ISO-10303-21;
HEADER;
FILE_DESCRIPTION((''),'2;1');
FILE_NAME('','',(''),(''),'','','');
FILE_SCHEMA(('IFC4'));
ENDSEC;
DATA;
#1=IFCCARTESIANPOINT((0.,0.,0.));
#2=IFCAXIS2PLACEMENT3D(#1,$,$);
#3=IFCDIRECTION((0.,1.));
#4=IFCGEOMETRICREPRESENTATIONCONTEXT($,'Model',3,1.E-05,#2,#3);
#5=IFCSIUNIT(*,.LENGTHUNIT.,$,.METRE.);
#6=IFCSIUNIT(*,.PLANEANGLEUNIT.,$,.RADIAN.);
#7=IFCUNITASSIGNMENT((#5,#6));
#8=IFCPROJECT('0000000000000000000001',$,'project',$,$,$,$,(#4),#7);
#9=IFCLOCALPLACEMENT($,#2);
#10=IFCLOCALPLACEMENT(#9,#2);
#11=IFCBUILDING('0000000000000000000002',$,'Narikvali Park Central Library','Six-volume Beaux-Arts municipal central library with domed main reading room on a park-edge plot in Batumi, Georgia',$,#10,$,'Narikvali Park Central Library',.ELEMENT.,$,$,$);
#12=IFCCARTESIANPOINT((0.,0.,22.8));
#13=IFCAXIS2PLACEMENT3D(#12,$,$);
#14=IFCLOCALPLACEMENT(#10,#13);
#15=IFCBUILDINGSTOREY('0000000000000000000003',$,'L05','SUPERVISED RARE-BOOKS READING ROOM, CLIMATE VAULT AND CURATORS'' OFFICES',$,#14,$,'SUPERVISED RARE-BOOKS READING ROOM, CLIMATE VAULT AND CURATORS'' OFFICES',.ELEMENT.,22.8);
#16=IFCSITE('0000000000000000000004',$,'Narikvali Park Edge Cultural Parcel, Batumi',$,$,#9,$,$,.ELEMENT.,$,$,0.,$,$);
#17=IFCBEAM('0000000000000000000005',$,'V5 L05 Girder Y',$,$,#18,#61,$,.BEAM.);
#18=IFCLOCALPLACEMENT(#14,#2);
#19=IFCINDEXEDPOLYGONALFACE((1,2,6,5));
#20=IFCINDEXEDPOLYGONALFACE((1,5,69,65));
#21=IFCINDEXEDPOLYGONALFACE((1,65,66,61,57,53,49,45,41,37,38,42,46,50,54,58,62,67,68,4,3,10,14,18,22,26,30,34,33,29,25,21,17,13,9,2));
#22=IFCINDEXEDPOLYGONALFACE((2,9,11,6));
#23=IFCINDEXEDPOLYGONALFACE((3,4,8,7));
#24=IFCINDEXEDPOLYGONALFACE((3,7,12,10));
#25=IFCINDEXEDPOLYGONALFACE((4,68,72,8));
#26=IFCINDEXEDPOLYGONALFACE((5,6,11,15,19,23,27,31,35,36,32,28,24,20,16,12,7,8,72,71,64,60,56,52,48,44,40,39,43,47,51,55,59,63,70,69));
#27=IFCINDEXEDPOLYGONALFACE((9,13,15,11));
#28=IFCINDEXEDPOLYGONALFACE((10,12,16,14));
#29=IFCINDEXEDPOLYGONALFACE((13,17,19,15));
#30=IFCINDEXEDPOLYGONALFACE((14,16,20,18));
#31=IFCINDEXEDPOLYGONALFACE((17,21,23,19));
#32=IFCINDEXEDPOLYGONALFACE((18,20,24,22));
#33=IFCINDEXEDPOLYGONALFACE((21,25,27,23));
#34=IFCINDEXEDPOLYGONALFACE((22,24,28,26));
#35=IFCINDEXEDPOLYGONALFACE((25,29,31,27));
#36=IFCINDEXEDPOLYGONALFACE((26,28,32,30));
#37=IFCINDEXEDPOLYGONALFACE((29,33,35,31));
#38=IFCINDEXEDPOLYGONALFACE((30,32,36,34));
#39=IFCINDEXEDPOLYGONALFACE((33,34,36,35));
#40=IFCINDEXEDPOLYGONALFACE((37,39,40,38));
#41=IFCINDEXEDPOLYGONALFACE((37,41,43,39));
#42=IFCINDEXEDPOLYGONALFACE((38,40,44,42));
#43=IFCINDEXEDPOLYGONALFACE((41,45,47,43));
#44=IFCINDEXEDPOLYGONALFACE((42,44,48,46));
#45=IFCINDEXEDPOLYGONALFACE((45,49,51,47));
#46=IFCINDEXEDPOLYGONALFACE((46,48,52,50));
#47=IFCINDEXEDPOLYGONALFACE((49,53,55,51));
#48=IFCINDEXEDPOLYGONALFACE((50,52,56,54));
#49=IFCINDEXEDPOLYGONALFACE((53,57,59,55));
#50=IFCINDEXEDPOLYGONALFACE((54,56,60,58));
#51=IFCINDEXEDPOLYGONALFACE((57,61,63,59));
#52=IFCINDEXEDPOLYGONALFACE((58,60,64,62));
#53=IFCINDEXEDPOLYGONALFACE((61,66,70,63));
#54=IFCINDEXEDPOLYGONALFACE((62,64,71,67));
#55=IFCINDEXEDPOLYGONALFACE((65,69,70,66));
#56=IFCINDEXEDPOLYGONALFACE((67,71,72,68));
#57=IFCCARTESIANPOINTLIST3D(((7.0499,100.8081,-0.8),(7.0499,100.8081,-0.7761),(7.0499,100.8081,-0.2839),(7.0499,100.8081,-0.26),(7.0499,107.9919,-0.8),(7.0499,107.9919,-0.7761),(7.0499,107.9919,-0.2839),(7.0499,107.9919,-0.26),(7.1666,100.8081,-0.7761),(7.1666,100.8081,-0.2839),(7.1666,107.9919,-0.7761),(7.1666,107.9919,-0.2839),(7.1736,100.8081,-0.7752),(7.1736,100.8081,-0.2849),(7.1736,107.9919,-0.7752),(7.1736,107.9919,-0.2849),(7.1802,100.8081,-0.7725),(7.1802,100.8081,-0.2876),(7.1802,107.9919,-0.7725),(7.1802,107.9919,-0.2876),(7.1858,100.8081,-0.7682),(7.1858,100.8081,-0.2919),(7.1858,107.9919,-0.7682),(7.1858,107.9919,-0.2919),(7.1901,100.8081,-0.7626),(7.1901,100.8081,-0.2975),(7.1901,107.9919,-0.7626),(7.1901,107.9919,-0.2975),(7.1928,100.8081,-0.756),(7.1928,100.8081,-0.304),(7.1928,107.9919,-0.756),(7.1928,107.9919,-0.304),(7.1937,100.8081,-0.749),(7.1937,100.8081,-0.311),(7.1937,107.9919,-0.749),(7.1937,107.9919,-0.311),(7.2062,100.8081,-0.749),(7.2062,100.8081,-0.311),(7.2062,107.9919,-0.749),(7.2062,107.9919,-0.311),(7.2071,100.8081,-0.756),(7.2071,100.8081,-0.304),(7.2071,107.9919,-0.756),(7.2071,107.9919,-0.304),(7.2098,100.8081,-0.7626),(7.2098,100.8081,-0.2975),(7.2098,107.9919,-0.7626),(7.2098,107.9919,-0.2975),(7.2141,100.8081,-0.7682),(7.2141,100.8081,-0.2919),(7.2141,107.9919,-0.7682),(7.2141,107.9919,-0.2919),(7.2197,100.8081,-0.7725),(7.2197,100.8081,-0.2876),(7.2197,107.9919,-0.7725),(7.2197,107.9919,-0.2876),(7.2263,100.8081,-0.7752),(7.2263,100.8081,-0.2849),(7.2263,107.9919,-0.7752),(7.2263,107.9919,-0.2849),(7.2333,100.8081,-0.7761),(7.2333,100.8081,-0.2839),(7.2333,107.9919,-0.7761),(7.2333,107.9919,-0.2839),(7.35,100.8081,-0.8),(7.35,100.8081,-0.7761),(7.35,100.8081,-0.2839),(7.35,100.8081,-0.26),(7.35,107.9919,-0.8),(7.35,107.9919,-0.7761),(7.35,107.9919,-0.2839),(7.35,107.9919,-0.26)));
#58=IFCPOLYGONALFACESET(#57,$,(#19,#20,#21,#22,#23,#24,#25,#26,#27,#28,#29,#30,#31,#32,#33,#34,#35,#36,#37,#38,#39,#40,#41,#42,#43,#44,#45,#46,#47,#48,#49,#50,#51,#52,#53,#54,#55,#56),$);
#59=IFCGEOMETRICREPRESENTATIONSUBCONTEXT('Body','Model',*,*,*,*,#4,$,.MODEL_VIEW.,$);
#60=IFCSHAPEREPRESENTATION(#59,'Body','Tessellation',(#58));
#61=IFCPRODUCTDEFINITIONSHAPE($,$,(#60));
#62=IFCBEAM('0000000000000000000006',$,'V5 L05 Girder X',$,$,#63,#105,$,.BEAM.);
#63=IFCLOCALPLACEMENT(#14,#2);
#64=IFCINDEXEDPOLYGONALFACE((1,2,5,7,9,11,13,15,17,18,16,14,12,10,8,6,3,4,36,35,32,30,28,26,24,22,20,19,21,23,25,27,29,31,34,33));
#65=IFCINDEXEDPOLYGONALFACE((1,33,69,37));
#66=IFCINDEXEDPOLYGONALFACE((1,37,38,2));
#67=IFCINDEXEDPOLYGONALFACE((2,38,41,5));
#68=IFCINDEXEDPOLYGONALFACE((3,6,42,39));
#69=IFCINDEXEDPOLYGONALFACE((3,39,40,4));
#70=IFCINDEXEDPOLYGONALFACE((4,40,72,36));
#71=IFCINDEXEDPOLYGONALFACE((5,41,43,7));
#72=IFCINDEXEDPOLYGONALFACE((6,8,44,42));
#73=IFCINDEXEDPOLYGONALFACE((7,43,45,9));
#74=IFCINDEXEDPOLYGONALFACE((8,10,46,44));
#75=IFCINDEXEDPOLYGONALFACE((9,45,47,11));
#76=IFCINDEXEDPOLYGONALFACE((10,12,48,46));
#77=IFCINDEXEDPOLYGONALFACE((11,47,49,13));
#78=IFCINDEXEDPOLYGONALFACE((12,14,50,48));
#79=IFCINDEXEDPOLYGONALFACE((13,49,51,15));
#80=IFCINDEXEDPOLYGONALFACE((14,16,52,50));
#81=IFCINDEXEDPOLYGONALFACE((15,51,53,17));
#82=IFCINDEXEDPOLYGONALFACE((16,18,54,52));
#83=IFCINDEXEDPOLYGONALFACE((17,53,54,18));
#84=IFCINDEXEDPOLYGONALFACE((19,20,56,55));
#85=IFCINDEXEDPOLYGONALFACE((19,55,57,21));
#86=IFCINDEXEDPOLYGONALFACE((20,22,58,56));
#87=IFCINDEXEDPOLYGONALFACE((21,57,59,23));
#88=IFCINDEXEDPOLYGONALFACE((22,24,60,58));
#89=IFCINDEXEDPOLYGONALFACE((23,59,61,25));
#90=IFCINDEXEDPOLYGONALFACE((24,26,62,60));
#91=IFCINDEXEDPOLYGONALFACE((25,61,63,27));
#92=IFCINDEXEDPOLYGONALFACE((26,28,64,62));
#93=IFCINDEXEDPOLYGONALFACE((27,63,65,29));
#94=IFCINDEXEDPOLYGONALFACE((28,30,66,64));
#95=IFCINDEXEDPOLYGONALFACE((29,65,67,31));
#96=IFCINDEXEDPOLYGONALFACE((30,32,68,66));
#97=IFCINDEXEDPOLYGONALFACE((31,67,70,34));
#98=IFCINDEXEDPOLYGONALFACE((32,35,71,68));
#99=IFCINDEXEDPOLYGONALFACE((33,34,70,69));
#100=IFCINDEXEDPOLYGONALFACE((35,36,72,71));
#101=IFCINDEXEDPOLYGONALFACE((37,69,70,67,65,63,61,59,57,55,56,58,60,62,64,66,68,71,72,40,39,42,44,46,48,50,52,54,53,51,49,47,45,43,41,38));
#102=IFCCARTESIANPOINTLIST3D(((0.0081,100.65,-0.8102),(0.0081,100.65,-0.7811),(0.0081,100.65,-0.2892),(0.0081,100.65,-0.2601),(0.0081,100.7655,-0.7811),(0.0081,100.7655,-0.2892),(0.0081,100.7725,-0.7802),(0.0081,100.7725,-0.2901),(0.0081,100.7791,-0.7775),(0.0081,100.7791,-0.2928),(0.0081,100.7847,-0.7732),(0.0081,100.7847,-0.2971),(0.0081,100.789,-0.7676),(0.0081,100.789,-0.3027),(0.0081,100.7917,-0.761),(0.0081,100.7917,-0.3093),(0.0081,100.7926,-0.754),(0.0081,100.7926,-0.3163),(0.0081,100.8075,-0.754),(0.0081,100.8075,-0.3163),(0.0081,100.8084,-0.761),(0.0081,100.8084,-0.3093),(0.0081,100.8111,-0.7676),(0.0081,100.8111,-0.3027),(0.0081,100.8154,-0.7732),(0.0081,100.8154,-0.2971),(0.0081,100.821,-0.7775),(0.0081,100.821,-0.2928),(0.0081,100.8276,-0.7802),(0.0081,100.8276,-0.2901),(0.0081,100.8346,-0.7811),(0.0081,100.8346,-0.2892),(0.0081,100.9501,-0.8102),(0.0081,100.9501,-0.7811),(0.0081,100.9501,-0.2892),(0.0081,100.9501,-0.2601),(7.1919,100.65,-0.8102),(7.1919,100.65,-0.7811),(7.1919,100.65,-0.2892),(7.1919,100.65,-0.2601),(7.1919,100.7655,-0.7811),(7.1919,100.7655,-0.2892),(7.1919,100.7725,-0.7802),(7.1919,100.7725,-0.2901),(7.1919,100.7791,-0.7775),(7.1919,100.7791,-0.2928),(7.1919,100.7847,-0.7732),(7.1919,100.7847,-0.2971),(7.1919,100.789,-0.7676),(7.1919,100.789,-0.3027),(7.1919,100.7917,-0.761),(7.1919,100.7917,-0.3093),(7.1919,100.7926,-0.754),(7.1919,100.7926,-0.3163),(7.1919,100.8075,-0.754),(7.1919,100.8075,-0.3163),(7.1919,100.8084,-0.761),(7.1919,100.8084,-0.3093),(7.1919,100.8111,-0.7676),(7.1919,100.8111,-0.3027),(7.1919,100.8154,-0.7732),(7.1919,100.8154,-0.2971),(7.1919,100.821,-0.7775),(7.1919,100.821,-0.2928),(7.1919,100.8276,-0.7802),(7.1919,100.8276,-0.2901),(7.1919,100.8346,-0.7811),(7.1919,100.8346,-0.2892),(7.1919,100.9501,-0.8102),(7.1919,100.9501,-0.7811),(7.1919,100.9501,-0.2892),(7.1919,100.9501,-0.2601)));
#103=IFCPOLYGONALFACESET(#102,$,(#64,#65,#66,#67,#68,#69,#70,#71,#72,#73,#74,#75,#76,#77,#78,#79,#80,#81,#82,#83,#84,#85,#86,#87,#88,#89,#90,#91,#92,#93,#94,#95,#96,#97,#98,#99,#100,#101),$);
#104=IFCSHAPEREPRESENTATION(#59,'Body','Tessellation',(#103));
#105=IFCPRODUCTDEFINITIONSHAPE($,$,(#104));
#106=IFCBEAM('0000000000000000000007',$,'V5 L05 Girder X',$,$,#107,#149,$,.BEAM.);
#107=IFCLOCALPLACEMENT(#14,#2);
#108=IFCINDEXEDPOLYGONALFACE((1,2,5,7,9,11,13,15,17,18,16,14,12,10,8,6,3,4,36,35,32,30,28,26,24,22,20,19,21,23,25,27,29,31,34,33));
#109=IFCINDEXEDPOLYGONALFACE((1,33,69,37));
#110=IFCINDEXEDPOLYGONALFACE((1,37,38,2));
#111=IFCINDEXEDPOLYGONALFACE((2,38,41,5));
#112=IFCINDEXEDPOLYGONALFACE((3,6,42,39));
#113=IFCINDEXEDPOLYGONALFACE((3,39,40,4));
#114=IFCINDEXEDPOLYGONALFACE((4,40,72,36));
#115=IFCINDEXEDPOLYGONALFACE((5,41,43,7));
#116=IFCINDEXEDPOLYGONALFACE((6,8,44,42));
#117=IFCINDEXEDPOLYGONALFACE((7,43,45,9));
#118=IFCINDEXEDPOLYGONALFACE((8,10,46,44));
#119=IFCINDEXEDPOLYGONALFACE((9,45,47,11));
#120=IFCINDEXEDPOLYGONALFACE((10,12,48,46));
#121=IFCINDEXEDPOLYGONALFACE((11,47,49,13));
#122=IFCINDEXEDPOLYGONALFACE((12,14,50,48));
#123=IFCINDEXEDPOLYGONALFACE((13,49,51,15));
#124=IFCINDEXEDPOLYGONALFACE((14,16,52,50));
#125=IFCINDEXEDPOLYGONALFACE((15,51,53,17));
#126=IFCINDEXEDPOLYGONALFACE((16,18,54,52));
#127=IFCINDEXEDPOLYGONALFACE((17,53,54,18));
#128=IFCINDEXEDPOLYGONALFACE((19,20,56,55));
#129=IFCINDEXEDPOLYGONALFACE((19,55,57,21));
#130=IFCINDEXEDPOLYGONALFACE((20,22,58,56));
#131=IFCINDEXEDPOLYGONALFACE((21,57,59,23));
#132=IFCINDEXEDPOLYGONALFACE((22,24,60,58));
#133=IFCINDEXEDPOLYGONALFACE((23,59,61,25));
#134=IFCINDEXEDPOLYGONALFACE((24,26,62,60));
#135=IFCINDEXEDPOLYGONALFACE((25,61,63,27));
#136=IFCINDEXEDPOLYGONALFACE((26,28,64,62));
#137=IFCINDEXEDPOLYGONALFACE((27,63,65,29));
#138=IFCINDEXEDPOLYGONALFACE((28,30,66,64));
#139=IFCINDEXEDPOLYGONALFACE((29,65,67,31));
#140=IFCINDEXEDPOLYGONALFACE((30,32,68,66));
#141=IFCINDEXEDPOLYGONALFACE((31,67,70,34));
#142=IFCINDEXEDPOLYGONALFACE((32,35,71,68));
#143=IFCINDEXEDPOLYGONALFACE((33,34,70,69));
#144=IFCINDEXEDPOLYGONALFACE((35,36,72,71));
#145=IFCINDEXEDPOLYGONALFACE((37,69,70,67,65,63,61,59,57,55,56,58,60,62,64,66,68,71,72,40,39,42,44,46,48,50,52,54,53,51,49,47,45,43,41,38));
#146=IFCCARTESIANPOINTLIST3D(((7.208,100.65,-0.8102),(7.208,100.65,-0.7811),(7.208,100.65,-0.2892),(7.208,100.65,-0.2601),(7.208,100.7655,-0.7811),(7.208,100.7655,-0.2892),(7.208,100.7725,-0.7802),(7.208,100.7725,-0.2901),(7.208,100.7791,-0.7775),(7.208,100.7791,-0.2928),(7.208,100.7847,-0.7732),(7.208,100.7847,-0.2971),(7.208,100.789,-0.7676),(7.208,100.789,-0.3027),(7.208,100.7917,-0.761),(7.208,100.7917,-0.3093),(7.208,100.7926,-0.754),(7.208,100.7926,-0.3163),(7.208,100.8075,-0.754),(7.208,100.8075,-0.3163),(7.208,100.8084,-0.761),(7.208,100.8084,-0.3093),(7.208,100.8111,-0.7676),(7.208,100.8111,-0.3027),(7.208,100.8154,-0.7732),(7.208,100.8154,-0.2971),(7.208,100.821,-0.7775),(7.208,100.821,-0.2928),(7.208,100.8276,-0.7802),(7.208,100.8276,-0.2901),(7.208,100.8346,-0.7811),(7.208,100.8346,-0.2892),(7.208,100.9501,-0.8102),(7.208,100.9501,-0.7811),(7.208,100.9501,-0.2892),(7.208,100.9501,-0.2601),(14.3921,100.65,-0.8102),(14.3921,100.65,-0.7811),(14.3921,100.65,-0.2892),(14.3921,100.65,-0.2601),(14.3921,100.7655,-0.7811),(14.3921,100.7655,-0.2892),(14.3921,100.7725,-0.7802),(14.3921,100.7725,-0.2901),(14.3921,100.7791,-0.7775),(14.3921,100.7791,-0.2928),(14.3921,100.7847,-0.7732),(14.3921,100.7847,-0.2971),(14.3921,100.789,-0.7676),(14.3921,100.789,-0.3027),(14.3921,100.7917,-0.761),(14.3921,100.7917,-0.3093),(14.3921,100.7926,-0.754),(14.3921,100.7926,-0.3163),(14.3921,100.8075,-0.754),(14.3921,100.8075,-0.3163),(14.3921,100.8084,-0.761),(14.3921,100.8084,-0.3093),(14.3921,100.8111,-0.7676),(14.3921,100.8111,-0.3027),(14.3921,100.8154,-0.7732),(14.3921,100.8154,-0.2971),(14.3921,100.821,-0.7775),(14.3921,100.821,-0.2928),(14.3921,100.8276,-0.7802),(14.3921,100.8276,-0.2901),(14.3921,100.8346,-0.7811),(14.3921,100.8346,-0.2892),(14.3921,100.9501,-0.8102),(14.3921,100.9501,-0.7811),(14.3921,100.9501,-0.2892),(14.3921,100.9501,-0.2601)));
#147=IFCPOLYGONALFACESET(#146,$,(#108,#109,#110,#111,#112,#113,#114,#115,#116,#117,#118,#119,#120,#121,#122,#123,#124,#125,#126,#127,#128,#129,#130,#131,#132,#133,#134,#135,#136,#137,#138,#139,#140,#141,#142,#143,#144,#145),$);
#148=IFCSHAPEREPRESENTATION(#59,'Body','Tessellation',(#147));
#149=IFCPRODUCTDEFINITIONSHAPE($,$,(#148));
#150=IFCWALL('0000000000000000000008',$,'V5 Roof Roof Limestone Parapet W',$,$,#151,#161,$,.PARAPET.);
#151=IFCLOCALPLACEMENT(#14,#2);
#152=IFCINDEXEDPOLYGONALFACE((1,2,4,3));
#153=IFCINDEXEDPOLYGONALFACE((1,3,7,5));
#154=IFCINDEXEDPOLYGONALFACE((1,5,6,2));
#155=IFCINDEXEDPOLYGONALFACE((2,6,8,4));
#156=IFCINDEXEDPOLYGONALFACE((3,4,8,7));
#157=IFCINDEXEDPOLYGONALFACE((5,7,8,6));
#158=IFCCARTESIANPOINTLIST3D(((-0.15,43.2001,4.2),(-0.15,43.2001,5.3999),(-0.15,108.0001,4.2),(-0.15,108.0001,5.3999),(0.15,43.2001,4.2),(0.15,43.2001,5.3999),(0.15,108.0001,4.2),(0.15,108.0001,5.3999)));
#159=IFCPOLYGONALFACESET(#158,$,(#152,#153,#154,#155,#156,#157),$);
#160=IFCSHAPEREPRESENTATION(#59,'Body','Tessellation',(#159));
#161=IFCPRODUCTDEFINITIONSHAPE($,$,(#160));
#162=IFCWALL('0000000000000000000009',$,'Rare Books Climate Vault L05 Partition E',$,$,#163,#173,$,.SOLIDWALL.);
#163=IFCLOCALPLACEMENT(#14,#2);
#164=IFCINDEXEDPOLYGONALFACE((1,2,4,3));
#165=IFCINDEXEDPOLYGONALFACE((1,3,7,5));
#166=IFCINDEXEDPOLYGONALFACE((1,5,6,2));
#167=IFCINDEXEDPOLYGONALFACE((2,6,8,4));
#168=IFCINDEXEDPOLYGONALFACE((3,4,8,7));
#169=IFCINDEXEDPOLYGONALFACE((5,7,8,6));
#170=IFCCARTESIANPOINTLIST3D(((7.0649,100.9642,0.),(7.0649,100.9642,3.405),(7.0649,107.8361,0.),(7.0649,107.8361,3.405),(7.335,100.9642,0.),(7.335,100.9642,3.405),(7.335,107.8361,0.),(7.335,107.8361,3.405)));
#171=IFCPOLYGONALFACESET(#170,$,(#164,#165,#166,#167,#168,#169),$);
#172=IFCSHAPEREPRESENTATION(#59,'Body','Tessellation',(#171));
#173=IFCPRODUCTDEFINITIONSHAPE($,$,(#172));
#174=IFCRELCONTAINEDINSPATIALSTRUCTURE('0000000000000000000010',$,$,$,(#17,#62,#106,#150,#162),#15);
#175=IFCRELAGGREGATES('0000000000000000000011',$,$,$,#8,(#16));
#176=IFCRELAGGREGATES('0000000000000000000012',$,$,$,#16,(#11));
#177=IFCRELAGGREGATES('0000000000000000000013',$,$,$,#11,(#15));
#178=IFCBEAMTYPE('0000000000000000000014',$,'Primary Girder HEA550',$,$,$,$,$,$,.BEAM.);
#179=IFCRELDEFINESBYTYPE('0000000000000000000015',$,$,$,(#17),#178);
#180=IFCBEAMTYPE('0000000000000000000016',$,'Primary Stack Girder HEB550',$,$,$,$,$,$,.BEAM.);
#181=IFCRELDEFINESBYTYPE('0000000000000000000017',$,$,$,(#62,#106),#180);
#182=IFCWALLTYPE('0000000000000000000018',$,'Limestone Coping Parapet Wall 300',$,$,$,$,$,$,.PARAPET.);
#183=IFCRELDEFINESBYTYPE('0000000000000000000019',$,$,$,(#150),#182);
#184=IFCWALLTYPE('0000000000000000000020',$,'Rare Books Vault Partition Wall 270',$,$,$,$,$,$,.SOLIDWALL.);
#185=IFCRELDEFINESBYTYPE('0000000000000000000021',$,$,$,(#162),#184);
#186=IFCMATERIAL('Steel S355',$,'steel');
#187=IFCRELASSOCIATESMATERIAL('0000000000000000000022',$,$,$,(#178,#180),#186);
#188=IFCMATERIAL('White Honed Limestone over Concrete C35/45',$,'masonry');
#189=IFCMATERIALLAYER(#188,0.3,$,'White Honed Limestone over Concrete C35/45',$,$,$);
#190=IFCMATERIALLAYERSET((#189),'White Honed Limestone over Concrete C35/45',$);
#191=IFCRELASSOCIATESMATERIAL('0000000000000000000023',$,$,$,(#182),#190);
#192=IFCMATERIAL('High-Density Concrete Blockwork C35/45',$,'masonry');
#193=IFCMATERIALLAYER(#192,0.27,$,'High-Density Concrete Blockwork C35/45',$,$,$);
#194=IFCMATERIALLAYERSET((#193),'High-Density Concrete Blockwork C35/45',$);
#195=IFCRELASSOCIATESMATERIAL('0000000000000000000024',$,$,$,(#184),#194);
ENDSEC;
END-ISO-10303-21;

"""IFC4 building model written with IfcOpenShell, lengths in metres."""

from ifc_helpers import new_model, si_unit, direction, frame, frame_2d, origin, origin_2d, place, context, subcontext, project, spatial, rectangle, i_section, extrude, material, layer, layer_set, material_profile, profile_set, type_object, element, save


model = new_model("IFC4")

# Units and contexts
model_context = context("Model", 3, precision=1e-05, world=origin(), true_north=direction((0.0, 1.0)))
body_context = subcontext(model_context, "Body", "Model", "MODEL_VIEW")
ifc_project = project(units=[si_unit("LENGTHUNIT", "METRE"), si_unit("PLANEANGLEUNIT", "RADIAN")], contexts=[model_context])

# Site, building, storey
site_placement = place(None, origin())
site = spatial("IfcSite", under=ifc_project, at=site_placement, Name="Narikvali Park Edge Cultural Parcel, Batumi", CompositionType="ELEMENT", RefElevation=0.0)
building_placement = place(site_placement, origin())
building = spatial("IfcBuilding", under=site, at=building_placement, Name="Narikvali Park Central Library", Description="Six-volume Beaux-Arts municipal central library with domed main reading room on a park-edge plot in Batumi, Georgia", LongName="Narikvali Park Central Library", CompositionType="ELEMENT")
storey_placement = place(building_placement, frame((0.0, 0.0, 22.8)))
storey = spatial("IfcBuildingStorey", under=building, at=storey_placement, Name="L05", Description="SUPERVISED RARE-BOOKS READING ROOM, CLIMATE VAULT AND CURATORS' OFFICES", LongName="SUPERVISED RARE-BOOKS READING ROOM, CLIMATE VAULT AND CURATORS' OFFICES", CompositionType="ELEMENT", Elevation=22.8)

# Shared definitions
ifc_material_1 = material(Name="Steel S355", Category="steel")

# Beams
ifc_material_profile_1 = material_profile(ifc_material_1, i_section(OverallWidth=0.3, OverallDepth=0.54, WebThickness=0.0125, FlangeThickness=0.0239, FilletRadius=0.0271, at=origin_2d()), Name="HEA 550")
ifc_profile_set_1 = profile_set([ifc_material_profile_1], Name="Steel S355")
beam_type_1 = type_object("IfcBeamType", Name="Primary Girder HEA550", PredefinedType="BEAM", material=ifc_profile_set_1)
beam_1_placement = place(storey_placement, frame((7.2, 100.8081, -0.53), z_axis=(0.0, 1.0, 0.0), x_axis=(-1.0, 0.0, 0.0)))
element("IfcBeam", 1, at=beam_1_placement, inside=storey, type_object=beam_type_1, Name="V5 L05 Girder Y", PredefinedType="BEAM", context=body_context, shape_type="SweptSolid", body=[
    extrude(i_section(OverallWidth=0.3, OverallDepth=0.54, WebThickness=0.0125, FlangeThickness=0.0239, FilletRadius=0.0271, at=origin_2d()), origin(), (0.0, 0.0, 1.0), 7.1838),
])
ifc_material_profile_2 = material_profile(ifc_material_1, i_section(OverallWidth=0.3, OverallDepth=0.55, WebThickness=0.0149, FlangeThickness=0.0291, FilletRadius=0.0271, at=origin_2d()), Name="HEB 550")
ifc_profile_set_2 = profile_set([ifc_material_profile_2], Name="Steel S355")
beam_type_2 = type_object("IfcBeamType", Name="Primary Stack Girder HEB550", PredefinedType="BEAM", material=ifc_profile_set_2)
beam_2_placement = place(storey_placement, frame((0.0081, 100.8, -0.5352), z_axis=(1.0, 0.0, 0.0), x_axis=(0.0, 1.0, 0.0)))
element("IfcBeam", 2, at=beam_2_placement, inside=storey, type_object=beam_type_2, Name="V5 L05 Girder X", PredefinedType="BEAM", context=body_context, shape_type="SweptSolid", body=[
    extrude(i_section(OverallWidth=0.3, OverallDepth=0.55, WebThickness=0.0149, FlangeThickness=0.0291, FilletRadius=0.0271, at=origin_2d()), origin(), (0.0, 0.0, 1.0), 7.1838),
])
beam_3_placement = place(storey_placement, frame((7.208, 100.8, -0.5352), z_axis=(1.0, 0.0, 0.0), x_axis=(0.0, 1.0, 0.0)))
element("IfcBeam", 3, at=beam_3_placement, inside=storey, type_object=beam_type_2, Name="V5 L05 Girder X", PredefinedType="BEAM", context=body_context, shape_type="SweptSolid", body=[
    extrude(i_section(OverallWidth=0.3, OverallDepth=0.55, WebThickness=0.0149, FlangeThickness=0.0291, FilletRadius=0.0271, at=origin_2d()), origin(), (0.0, 0.0, 1.0), 7.1841),
])

# Walls
ifc_material_2 = material(Name="White Honed Limestone over Concrete C35/45", Category="masonry")
ifc_layer_1 = layer(ifc_material_2, 0.3, Name="White Honed Limestone over Concrete C35/45")
ifc_layer_set_1 = layer_set([ifc_layer_1], Name="White Honed Limestone over Concrete C35/45")
wall_type_1 = type_object("IfcWallType", Name="Limestone Coping Parapet Wall 300", PredefinedType="PARAPET", material=ifc_layer_set_1)
wall_1_placement = place(storey_placement, frame((0.0, 108.0, 4.2), z_axis=(0.0, 0.0, 1.0), x_axis=(0.0, -1.0, 0.0)))
element("IfcWall", 4, at=wall_1_placement, inside=storey, type_object=wall_type_1, Name="V5 Roof Roof Limestone Parapet W", PredefinedType="PARAPET", context=body_context, shape_type="SweptSolid", body=[
    extrude(rectangle(XDim=64.8, YDim=0.3, at=frame_2d((32.3999, 0.0))), origin(), (0.0, 0.0, 1.0), 1.2),
])
ifc_material_3 = material(Name="High-Density Concrete Blockwork C35/45", Category="masonry")
ifc_layer_2 = layer(ifc_material_3, 0.27, Name="High-Density Concrete Blockwork C35/45")
ifc_layer_set_2 = layer_set([ifc_layer_2], Name="High-Density Concrete Blockwork C35/45")
wall_type_2 = type_object("IfcWallType", Name="Rare Books Vault Partition Wall 270", PredefinedType="SOLIDWALL", material=ifc_layer_set_2)
wall_2_placement = place(storey_placement, frame((7.2, 100.9641, 0.0), z_axis=(0.0, 0.0, 1.0), x_axis=(0.0, 1.0, 0.0)))
element("IfcWall", 5, at=wall_2_placement, inside=storey, type_object=wall_type_2, Name="Rare Books Climate Vault L05 Partition E", PredefinedType="SOLIDWALL", context=body_context, shape_type="SweptSolid", body=[
    extrude(rectangle(XDim=6.8718, YDim=0.27, at=frame_2d((3.436, 0.0))), origin(), (0.0, 0.0, 1.0), 3.405),
])

save(model, "model.ifc")
